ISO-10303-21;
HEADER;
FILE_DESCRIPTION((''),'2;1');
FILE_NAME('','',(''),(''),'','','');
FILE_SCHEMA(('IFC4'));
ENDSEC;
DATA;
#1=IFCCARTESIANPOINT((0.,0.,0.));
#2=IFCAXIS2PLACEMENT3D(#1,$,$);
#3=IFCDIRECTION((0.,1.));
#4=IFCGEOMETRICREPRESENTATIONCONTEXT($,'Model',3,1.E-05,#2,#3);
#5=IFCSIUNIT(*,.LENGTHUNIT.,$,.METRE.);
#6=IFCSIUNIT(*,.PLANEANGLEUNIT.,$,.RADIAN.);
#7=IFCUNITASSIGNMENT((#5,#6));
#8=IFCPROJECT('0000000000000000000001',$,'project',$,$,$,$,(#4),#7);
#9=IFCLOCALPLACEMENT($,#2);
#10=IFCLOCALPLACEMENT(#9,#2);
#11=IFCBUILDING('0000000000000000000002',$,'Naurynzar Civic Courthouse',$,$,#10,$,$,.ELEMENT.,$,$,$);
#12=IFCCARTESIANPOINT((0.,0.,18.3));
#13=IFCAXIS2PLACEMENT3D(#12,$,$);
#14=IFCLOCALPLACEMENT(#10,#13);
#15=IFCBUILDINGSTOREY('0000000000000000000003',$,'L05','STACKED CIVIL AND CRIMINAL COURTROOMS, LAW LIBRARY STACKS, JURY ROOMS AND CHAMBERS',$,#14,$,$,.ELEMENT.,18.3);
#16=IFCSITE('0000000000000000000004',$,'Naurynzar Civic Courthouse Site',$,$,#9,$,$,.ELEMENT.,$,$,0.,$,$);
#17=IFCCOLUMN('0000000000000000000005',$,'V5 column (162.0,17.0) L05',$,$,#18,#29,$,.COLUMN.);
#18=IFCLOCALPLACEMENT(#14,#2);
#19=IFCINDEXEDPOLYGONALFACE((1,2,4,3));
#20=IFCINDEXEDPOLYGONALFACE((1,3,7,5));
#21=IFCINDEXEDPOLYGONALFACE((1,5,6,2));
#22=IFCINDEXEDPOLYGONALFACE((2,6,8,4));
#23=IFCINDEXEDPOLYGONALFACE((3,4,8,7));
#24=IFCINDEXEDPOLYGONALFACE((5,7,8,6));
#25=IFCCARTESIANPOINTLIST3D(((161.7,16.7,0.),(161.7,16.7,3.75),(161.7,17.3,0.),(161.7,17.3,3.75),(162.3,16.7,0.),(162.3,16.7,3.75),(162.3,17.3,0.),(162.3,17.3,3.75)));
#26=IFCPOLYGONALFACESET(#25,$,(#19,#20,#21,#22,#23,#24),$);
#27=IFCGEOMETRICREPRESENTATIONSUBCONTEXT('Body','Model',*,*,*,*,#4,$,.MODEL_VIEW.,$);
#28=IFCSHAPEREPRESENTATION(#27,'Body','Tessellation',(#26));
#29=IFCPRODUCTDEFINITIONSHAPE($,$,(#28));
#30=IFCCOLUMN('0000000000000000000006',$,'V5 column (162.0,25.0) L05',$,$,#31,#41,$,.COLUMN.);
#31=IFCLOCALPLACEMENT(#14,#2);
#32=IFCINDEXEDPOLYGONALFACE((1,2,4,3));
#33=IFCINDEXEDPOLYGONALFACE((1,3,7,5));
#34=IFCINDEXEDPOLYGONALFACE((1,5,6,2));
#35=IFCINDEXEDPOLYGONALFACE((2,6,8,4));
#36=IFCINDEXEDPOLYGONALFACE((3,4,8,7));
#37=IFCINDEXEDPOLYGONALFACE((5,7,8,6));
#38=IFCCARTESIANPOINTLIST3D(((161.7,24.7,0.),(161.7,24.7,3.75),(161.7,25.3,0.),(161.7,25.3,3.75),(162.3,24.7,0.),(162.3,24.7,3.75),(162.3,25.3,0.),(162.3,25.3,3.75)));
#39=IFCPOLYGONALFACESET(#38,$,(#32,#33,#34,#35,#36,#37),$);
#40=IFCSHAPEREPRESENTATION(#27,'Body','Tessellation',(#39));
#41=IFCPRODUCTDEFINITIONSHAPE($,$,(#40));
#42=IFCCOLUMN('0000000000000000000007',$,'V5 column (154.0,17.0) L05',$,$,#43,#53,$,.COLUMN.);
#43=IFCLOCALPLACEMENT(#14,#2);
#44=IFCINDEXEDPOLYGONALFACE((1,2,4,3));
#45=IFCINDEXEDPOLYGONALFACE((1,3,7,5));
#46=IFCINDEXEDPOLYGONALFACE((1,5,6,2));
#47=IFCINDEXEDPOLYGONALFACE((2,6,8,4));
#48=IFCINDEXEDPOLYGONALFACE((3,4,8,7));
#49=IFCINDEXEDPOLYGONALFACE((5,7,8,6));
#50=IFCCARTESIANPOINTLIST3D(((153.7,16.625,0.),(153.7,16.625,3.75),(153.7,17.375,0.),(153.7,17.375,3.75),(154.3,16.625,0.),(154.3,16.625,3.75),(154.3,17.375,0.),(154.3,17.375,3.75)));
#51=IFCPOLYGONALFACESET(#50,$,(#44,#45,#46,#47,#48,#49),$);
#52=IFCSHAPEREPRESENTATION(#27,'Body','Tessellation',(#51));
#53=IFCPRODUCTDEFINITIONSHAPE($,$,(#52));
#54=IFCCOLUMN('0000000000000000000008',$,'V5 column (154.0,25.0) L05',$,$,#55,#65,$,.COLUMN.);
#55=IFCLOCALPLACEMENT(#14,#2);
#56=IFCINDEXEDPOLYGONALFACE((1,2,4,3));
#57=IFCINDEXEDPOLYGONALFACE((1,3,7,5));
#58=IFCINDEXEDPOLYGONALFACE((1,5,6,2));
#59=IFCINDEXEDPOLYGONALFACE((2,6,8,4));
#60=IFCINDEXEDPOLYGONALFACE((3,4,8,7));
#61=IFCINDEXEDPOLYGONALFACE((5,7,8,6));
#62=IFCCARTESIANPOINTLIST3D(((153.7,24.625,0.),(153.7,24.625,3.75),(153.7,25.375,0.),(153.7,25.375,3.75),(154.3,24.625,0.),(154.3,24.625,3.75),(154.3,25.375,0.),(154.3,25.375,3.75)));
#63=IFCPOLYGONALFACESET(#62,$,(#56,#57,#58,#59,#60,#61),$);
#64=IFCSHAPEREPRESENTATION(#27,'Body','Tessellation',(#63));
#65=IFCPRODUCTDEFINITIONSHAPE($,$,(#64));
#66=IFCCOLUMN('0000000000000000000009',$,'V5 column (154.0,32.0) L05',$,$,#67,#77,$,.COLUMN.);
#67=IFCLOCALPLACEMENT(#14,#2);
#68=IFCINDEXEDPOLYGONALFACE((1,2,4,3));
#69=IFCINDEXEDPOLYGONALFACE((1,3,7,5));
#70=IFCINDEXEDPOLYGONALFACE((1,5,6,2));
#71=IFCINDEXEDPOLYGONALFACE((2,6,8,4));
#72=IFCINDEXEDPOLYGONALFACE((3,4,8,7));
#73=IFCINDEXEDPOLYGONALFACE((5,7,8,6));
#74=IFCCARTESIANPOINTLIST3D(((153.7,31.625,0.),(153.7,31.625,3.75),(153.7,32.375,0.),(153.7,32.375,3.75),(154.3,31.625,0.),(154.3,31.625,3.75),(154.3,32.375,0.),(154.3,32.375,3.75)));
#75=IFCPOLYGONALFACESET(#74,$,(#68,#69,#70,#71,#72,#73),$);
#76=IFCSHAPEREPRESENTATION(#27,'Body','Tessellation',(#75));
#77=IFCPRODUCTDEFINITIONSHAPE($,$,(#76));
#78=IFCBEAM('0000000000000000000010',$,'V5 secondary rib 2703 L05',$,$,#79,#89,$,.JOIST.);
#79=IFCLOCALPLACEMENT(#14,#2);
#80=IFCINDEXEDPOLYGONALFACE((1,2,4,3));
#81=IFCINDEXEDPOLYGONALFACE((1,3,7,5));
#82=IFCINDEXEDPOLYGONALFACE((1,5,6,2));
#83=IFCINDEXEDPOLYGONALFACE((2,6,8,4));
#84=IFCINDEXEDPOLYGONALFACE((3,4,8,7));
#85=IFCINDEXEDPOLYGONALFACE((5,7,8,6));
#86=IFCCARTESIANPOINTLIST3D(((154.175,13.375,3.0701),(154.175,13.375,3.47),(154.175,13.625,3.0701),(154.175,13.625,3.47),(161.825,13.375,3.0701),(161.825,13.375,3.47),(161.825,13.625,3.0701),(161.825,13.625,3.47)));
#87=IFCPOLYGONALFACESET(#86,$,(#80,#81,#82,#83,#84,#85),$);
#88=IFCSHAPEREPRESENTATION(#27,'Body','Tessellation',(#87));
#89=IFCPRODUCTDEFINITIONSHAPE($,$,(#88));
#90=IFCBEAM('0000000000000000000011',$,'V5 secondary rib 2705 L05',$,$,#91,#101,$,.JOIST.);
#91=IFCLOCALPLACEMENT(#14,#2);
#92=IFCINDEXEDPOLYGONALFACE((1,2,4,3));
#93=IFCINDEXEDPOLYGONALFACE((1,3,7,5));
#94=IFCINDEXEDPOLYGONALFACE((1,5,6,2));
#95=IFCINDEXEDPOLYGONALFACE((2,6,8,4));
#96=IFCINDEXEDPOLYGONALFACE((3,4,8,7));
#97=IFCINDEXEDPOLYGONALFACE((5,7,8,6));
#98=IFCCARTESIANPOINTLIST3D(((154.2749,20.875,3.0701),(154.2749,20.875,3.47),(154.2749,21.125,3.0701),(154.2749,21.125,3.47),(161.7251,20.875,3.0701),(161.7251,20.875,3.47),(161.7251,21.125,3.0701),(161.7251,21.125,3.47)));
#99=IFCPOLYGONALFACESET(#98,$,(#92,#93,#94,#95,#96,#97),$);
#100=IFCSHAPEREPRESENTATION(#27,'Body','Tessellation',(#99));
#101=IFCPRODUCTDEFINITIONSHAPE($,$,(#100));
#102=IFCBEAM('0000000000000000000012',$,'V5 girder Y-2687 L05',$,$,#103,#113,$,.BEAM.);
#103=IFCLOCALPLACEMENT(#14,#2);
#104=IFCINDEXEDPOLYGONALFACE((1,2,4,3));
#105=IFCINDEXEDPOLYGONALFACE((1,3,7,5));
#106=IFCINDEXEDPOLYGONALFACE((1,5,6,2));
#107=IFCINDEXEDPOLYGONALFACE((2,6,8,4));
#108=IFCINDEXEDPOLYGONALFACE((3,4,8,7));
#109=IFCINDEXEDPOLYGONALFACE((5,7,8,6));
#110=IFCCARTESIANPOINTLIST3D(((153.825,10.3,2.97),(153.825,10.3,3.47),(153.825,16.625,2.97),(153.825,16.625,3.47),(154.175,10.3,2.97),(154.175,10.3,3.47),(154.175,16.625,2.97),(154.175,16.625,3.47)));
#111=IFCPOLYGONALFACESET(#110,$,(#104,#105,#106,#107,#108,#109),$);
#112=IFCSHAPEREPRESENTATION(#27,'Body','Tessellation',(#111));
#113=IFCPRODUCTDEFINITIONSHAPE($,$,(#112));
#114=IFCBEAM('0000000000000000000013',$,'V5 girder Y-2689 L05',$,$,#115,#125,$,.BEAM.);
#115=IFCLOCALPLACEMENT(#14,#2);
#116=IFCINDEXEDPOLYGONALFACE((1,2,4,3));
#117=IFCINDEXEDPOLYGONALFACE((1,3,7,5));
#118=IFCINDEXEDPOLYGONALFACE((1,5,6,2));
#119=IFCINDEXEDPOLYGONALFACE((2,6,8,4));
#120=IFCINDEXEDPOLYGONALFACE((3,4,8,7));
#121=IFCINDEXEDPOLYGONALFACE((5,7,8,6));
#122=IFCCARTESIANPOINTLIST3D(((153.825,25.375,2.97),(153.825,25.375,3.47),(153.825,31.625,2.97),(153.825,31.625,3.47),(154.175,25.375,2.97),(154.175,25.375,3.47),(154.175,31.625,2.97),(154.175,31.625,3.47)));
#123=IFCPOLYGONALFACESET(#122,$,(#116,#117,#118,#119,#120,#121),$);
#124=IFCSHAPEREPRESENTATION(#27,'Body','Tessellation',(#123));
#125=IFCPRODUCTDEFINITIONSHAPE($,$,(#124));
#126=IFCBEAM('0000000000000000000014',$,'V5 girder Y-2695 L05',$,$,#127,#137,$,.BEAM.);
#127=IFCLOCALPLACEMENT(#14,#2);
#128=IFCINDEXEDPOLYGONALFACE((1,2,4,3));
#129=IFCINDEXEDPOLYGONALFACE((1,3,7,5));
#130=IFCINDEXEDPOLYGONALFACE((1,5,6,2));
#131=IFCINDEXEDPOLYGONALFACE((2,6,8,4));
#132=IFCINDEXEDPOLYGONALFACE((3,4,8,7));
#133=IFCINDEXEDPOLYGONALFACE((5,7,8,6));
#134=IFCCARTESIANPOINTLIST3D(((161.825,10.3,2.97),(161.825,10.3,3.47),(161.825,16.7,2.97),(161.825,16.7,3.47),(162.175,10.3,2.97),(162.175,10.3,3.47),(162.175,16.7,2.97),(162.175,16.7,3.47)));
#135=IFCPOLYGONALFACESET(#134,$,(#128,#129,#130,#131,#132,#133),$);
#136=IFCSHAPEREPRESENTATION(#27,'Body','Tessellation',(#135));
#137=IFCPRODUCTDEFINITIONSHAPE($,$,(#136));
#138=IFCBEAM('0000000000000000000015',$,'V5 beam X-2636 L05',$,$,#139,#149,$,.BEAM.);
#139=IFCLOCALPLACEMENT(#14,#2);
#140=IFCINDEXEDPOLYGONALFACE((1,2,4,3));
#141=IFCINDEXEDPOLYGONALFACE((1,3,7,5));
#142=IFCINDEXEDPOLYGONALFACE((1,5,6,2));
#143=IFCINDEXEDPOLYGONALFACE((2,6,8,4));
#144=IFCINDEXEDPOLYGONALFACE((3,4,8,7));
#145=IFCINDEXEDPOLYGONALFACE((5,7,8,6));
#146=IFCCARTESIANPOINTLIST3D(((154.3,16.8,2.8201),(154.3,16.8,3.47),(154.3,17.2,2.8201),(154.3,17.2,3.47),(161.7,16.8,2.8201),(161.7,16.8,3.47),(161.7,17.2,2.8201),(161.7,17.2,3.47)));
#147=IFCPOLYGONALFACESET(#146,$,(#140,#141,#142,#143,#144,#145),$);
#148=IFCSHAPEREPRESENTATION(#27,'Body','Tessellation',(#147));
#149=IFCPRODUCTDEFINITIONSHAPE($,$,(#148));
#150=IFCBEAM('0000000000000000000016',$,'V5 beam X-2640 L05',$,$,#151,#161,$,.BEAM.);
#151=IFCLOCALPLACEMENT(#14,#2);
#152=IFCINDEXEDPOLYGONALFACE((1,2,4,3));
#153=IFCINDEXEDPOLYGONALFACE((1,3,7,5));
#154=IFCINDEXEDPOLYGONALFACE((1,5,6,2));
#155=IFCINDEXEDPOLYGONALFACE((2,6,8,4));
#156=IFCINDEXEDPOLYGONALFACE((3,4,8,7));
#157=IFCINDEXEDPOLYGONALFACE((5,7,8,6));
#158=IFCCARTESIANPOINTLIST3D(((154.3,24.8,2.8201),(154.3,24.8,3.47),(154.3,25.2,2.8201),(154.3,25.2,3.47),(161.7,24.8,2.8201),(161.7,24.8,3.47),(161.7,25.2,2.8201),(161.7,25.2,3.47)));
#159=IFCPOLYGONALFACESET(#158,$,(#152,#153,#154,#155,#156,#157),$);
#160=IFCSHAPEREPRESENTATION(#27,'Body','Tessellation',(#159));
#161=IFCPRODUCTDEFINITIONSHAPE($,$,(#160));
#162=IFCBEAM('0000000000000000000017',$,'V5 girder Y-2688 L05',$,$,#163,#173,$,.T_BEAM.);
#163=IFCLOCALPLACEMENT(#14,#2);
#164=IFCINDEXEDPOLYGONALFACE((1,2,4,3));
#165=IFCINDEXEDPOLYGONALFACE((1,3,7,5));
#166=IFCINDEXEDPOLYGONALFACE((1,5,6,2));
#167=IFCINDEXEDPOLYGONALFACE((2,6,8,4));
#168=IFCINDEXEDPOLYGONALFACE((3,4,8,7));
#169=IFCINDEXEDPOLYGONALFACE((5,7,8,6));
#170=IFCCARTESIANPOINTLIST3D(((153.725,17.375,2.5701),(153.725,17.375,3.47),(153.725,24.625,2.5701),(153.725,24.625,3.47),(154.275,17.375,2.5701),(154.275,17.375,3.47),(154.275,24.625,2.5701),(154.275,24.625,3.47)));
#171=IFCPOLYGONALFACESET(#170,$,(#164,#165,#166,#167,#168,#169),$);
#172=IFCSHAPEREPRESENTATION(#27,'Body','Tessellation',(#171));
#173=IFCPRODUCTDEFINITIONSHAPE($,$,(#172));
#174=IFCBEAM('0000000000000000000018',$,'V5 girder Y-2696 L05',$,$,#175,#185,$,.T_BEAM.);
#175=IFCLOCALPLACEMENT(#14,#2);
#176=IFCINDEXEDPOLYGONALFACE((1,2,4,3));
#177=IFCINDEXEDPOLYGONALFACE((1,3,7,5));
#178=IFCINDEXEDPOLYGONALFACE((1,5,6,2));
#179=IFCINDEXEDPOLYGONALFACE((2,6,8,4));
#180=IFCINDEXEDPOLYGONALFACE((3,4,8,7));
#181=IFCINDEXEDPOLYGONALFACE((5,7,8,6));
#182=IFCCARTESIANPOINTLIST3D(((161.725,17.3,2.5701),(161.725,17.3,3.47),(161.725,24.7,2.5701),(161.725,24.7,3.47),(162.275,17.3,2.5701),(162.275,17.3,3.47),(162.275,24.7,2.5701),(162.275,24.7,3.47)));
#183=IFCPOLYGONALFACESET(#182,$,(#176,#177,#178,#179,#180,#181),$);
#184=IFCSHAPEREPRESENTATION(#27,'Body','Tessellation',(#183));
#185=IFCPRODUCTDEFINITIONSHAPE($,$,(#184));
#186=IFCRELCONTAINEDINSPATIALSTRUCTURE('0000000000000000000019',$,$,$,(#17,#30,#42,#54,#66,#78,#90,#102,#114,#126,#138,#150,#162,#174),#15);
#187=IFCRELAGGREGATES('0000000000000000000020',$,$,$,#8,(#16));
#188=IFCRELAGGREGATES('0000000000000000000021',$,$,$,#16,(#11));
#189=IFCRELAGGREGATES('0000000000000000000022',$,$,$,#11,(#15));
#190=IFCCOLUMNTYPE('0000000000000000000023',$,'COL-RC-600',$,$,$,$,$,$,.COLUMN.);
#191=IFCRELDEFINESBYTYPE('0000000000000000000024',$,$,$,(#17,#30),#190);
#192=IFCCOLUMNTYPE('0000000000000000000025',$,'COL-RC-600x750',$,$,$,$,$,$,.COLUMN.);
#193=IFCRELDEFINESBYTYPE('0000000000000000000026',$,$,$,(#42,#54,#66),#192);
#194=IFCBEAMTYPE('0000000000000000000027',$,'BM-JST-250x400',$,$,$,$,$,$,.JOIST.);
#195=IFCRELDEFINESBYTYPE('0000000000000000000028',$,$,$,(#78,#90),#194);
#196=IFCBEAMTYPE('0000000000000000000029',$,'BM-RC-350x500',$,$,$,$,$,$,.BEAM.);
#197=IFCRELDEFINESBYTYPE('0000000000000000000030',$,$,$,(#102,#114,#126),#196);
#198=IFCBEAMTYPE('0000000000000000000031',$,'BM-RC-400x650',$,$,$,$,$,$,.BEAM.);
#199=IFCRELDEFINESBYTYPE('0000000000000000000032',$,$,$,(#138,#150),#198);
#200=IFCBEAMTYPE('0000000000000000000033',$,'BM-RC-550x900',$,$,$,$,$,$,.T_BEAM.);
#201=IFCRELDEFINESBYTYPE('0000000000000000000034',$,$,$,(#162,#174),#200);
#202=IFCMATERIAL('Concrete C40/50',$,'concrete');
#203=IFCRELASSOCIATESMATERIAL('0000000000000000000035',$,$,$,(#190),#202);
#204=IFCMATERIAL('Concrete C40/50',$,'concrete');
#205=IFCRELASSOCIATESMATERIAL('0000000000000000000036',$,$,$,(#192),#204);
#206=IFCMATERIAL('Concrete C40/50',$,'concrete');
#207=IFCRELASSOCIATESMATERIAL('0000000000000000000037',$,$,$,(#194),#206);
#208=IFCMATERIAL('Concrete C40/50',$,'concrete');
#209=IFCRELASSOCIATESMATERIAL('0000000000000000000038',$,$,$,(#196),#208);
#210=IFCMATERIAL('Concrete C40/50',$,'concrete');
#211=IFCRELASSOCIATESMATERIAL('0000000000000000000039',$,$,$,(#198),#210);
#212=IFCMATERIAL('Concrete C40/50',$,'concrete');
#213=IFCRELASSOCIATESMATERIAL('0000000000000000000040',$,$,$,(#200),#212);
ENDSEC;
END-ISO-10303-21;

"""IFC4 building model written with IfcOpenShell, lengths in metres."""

from ifc_helpers import new_model, si_unit, direction, frame, origin, origin_2d, place, context, subcontext, project, spatial, rectangle, extrude, material, material_profile, profile_set, type_object, element, save


model = new_model("IFC4")

# Units and contexts
model_context = context("Model", 3, precision=1e-05, world=origin(), true_north=direction((0.0, 1.0)))
body_context = subcontext(model_context, "Body", "Model", "MODEL_VIEW")
ifc_project = project(units=[si_unit("LENGTHUNIT", "METRE"), si_unit("PLANEANGLEUNIT", "RADIAN")], contexts=[model_context])

# Site, building, storey
site_placement = place(None, origin())
site = spatial("IfcSite", under=ifc_project, at=site_placement, Name="Naurynzar Civic Courthouse Site", CompositionType="ELEMENT", RefElevation=0.0)
building_placement = place(site_placement, origin())
building = spatial("IfcBuilding", under=site, at=building_placement, Name="Naurynzar Civic Courthouse", CompositionType="ELEMENT")
storey_placement = place(building_placement, frame((0.0, 0.0, 18.3)))
storey = spatial("IfcBuildingStorey", under=building, at=storey_placement, Name="L05", Description="STACKED CIVIL AND CRIMINAL COURTROOMS, LAW LIBRARY STACKS, JURY ROOMS AND CHAMBERS", CompositionType="ELEMENT", Elevation=18.3)

# Columns
ifc_material_1 = material(Name="Concrete C40/50", Category="concrete")
ifc_material_profile_1 = material_profile(ifc_material_1, rectangle(XDim=0.6001, YDim=0.6001, at=origin_2d()), Name="RC 600x600")
ifc_profile_set_1 = profile_set([ifc_material_profile_1], Name="Concrete C40/50")
column_type_1 = type_object("IfcColumnType", Name="COL-RC-600", PredefinedType="COLUMN", material=ifc_profile_set_1)
for number, where, z_axis, x_axis, name in (
    (1, (162.0, 17.0, 0.0), (0.0, 0.0, 1.0), (1.0, 0.0, 0.0), "V5 column (162.0,17.0) L05"),
    (2, (162.0, 25.0, 0.0), (0.0, 0.0, 1.0), (1.0, 0.0, 0.0), "V5 column (162.0,25.0) L05"),
):
    element("IfcColumn", number, at=place(storey_placement, frame(where, z_axis=z_axis, x_axis=x_axis)), inside=storey, type_object=column_type_1, Name=name, PredefinedType="COLUMN", context=body_context, shape_type="SweptSolid", body=[
        extrude(rectangle(XDim=0.6001, YDim=0.6001, at=origin_2d()), origin(), (0.0, 0.0, 1.0), 3.75),
    ])
ifc_material_2 = material(Name="Concrete C40/50", Category="concrete")
ifc_material_profile_2 = material_profile(ifc_material_2, rectangle(XDim=0.6001, YDim=0.75, at=origin_2d()), Name="RC 600x750")
ifc_profile_set_2 = profile_set([ifc_material_profile_2], Name="Concrete C40/50")
column_type_2 = type_object("IfcColumnType", Name="COL-RC-600x750", PredefinedType="COLUMN", material=ifc_profile_set_2)
for number, where, z_axis, x_axis, name in (
    (3, (154.0, 17.0, 0.0), (0.0, 0.0, 1.0), (1.0, 0.0, 0.0), "V5 column (154.0,17.0) L05"),
    (4, (154.0, 25.0, 0.0), (0.0, 0.0, 1.0), (1.0, 0.0, 0.0), "V5 column (154.0,25.0) L05"),
    (5, (154.0, 32.0, 0.0), (0.0, 0.0, 1.0), (1.0, 0.0, 0.0), "V5 column (154.0,32.0) L05"),
):
    element("IfcColumn", number, at=place(storey_placement, frame(where, z_axis=z_axis, x_axis=x_axis)), inside=storey, type_object=column_type_2, Name=name, PredefinedType="COLUMN", context=body_context, shape_type="SweptSolid", body=[
        extrude(rectangle(XDim=0.6001, YDim=0.75, at=origin_2d()), origin(), (0.0, 0.0, 1.0), 3.75),
    ])

# Beams
ifc_material_3 = material(Name="Concrete C40/50", Category="concrete")
ifc_material_profile_3 = material_profile(ifc_material_3, rectangle(XDim=0.25, YDim=0.3999, at=origin_2d()), Name="RCB 250x400")
ifc_profile_set_3 = profile_set([ifc_material_profile_3], Name="Concrete C40/50")
beam_type_1 = type_object("IfcBeamType", Name="BM-JST-250x400", PredefinedType="JOIST", material=ifc_profile_set_3)
beam_1_placement = place(storey_placement, frame((154.175, 13.5, 3.27), z_axis=(1.0, 0.0, 0.0), x_axis=(0.0, 1.0, 0.0)))
element("IfcBeam", 6, at=beam_1_placement, inside=storey, type_object=beam_type_1, Name="V5 secondary rib 2703 L05", PredefinedType="JOIST", context=body_context, shape_type="SweptSolid", body=[
    extrude(rectangle(XDim=0.25, YDim=0.3999, at=origin_2d()), origin(), (0.0, 0.0, 1.0), 7.6499),
])
beam_2_placement = place(storey_placement, frame((154.2749, 21.0, 3.27), z_axis=(1.0, 0.0, 0.0), x_axis=(0.0, 1.0, 0.0)))
element("IfcBeam", 7, at=beam_2_placement, inside=storey, type_object=beam_type_1, Name="V5 secondary rib 2705 L05", PredefinedType="JOIST", context=body_context, shape_type="SweptSolid", body=[
    extrude(rectangle(XDim=0.25, YDim=0.3999, at=origin_2d()), origin(), (0.0, 0.0, 1.0), 7.4502),
])
ifc_material_4 = material(Name="Concrete C40/50", Category="concrete")
ifc_material_profile_4 = material_profile(ifc_material_4, rectangle(XDim=0.3501, YDim=0.5, at=origin_2d()), Name="RCB 350x500")
ifc_profile_set_4 = profile_set([ifc_material_profile_4], Name="Concrete C40/50")
beam_type_2 = type_object("IfcBeamType", Name="BM-RC-350x500", PredefinedType="BEAM", material=ifc_profile_set_4)
beam_3_placement = place(storey_placement, frame((154.0, 10.3, 3.22), z_axis=(0.0, 1.0, 0.0), x_axis=(-1.0, 0.0, 0.0)))
element("IfcBeam", 8, at=beam_3_placement, inside=storey, type_object=beam_type_2, Name="V5 girder Y-2687 L05", PredefinedType="BEAM", context=body_context, shape_type="SweptSolid", body=[
    extrude(rectangle(XDim=0.3501, YDim=0.5, at=origin_2d()), origin(), (0.0, 0.0, 1.0), 6.325),
])
beam_4_placement = place(storey_placement, frame((154.0, 25.375, 3.22), z_axis=(0.0, 1.0, 0.0), x_axis=(-1.0, 0.0, 0.0)))
element("IfcBeam", 9, at=beam_4_placement, inside=storey, type_object=beam_type_2, Name="V5 girder Y-2689 L05", PredefinedType="BEAM", context=body_context, shape_type="SweptSolid", body=[
    extrude(rectangle(XDim=0.3501, YDim=0.5, at=origin_2d()), origin(), (0.0, 0.0, 1.0), 6.25),
])
beam_5_placement = place(storey_placement, frame((162.0, 10.3, 3.22), z_axis=(0.0, 1.0, 0.0), x_axis=(-1.0, 0.0, 0.0)))
element("IfcBeam", 10, at=beam_5_placement, inside=storey, type_object=beam_type_2, Name="V5 girder Y-2695 L05", PredefinedType="BEAM", context=body_context, shape_type="SweptSolid", body=[
    extrude(rectangle(XDim=0.3501, YDim=0.5, at=origin_2d()), origin(), (0.0, 0.0, 1.0), 6.3999),
])
ifc_material_5 = material(Name="Concrete C40/50", Category="concrete")
ifc_material_profile_5 = material_profile(ifc_material_5, rectangle(XDim=0.3999, YDim=0.6499, at=origin_2d()), Name="RCB 400x650")
ifc_profile_set_5 = profile_set([ifc_material_profile_5], Name="Concrete C40/50")
beam_type_3 = type_object("IfcBeamType", Name="BM-RC-400x650", PredefinedType="BEAM", material=ifc_profile_set_5)
for number, where, z_axis, x_axis, name in (
    (11, (154.3, 17.0, 3.145), (1.0, 0.0, 0.0), (0.0, 1.0, 0.0), "V5 beam X-2636 L05"),
    (12, (154.3, 25.0, 3.145), (1.0, 0.0, 0.0), (0.0, 1.0, 0.0), "V5 beam X-2640 L05"),
):
    element("IfcBeam", number, at=place(storey_placement, frame(where, z_axis=z_axis, x_axis=x_axis)), inside=storey, type_object=beam_type_3, Name=name, PredefinedType="BEAM", context=body_context, shape_type="SweptSolid", body=[
        extrude(rectangle(XDim=0.3999, YDim=0.6499, at=origin_2d()), origin(), (0.0, 0.0, 1.0), 7.3999),
    ])
ifc_material_6 = material(Name="Concrete C40/50", Category="concrete")
ifc_material_profile_6 = material_profile(ifc_material_6, rectangle(XDim=0.55, YDim=0.8999, at=origin_2d()), Name="RCB 550x900")
ifc_profile_set_6 = profile_set([ifc_material_profile_6], Name="Concrete C40/50")
beam_type_4 = type_object("IfcBeamType", Name="BM-RC-550x900", PredefinedType="T_BEAM", material=ifc_profile_set_6)
beam_6_placement = place(storey_placement, frame((154.0, 17.375, 3.02), z_axis=(0.0, 1.0, 0.0), x_axis=(-1.0, 0.0, 0.0)))
element("IfcBeam", 13, at=beam_6_placement, inside=storey, type_object=beam_type_4, Name="V5 girder Y-2688 L05", PredefinedType="T_BEAM", context=body_context, shape_type="SweptSolid", body=[
    extrude(rectangle(XDim=0.55, YDim=0.8999, at=origin_2d()), origin(), (0.0, 0.0, 1.0), 7.25),
])
beam_7_placement = place(storey_placement, frame((162.0, 17.3, 3.02), z_axis=(0.0, 1.0, 0.0), x_axis=(-1.0, 0.0, 0.0)))
element("IfcBeam", 14, at=beam_7_placement, inside=storey, type_object=beam_type_4, Name="V5 girder Y-2696 L05", PredefinedType="T_BEAM", context=body_context, shape_type="SweptSolid", body=[
    extrude(rectangle(XDim=0.55, YDim=0.8999, at=origin_2d()), origin(), (0.0, 0.0, 1.0), 7.3999),
])

save(model, "model.ifc")
